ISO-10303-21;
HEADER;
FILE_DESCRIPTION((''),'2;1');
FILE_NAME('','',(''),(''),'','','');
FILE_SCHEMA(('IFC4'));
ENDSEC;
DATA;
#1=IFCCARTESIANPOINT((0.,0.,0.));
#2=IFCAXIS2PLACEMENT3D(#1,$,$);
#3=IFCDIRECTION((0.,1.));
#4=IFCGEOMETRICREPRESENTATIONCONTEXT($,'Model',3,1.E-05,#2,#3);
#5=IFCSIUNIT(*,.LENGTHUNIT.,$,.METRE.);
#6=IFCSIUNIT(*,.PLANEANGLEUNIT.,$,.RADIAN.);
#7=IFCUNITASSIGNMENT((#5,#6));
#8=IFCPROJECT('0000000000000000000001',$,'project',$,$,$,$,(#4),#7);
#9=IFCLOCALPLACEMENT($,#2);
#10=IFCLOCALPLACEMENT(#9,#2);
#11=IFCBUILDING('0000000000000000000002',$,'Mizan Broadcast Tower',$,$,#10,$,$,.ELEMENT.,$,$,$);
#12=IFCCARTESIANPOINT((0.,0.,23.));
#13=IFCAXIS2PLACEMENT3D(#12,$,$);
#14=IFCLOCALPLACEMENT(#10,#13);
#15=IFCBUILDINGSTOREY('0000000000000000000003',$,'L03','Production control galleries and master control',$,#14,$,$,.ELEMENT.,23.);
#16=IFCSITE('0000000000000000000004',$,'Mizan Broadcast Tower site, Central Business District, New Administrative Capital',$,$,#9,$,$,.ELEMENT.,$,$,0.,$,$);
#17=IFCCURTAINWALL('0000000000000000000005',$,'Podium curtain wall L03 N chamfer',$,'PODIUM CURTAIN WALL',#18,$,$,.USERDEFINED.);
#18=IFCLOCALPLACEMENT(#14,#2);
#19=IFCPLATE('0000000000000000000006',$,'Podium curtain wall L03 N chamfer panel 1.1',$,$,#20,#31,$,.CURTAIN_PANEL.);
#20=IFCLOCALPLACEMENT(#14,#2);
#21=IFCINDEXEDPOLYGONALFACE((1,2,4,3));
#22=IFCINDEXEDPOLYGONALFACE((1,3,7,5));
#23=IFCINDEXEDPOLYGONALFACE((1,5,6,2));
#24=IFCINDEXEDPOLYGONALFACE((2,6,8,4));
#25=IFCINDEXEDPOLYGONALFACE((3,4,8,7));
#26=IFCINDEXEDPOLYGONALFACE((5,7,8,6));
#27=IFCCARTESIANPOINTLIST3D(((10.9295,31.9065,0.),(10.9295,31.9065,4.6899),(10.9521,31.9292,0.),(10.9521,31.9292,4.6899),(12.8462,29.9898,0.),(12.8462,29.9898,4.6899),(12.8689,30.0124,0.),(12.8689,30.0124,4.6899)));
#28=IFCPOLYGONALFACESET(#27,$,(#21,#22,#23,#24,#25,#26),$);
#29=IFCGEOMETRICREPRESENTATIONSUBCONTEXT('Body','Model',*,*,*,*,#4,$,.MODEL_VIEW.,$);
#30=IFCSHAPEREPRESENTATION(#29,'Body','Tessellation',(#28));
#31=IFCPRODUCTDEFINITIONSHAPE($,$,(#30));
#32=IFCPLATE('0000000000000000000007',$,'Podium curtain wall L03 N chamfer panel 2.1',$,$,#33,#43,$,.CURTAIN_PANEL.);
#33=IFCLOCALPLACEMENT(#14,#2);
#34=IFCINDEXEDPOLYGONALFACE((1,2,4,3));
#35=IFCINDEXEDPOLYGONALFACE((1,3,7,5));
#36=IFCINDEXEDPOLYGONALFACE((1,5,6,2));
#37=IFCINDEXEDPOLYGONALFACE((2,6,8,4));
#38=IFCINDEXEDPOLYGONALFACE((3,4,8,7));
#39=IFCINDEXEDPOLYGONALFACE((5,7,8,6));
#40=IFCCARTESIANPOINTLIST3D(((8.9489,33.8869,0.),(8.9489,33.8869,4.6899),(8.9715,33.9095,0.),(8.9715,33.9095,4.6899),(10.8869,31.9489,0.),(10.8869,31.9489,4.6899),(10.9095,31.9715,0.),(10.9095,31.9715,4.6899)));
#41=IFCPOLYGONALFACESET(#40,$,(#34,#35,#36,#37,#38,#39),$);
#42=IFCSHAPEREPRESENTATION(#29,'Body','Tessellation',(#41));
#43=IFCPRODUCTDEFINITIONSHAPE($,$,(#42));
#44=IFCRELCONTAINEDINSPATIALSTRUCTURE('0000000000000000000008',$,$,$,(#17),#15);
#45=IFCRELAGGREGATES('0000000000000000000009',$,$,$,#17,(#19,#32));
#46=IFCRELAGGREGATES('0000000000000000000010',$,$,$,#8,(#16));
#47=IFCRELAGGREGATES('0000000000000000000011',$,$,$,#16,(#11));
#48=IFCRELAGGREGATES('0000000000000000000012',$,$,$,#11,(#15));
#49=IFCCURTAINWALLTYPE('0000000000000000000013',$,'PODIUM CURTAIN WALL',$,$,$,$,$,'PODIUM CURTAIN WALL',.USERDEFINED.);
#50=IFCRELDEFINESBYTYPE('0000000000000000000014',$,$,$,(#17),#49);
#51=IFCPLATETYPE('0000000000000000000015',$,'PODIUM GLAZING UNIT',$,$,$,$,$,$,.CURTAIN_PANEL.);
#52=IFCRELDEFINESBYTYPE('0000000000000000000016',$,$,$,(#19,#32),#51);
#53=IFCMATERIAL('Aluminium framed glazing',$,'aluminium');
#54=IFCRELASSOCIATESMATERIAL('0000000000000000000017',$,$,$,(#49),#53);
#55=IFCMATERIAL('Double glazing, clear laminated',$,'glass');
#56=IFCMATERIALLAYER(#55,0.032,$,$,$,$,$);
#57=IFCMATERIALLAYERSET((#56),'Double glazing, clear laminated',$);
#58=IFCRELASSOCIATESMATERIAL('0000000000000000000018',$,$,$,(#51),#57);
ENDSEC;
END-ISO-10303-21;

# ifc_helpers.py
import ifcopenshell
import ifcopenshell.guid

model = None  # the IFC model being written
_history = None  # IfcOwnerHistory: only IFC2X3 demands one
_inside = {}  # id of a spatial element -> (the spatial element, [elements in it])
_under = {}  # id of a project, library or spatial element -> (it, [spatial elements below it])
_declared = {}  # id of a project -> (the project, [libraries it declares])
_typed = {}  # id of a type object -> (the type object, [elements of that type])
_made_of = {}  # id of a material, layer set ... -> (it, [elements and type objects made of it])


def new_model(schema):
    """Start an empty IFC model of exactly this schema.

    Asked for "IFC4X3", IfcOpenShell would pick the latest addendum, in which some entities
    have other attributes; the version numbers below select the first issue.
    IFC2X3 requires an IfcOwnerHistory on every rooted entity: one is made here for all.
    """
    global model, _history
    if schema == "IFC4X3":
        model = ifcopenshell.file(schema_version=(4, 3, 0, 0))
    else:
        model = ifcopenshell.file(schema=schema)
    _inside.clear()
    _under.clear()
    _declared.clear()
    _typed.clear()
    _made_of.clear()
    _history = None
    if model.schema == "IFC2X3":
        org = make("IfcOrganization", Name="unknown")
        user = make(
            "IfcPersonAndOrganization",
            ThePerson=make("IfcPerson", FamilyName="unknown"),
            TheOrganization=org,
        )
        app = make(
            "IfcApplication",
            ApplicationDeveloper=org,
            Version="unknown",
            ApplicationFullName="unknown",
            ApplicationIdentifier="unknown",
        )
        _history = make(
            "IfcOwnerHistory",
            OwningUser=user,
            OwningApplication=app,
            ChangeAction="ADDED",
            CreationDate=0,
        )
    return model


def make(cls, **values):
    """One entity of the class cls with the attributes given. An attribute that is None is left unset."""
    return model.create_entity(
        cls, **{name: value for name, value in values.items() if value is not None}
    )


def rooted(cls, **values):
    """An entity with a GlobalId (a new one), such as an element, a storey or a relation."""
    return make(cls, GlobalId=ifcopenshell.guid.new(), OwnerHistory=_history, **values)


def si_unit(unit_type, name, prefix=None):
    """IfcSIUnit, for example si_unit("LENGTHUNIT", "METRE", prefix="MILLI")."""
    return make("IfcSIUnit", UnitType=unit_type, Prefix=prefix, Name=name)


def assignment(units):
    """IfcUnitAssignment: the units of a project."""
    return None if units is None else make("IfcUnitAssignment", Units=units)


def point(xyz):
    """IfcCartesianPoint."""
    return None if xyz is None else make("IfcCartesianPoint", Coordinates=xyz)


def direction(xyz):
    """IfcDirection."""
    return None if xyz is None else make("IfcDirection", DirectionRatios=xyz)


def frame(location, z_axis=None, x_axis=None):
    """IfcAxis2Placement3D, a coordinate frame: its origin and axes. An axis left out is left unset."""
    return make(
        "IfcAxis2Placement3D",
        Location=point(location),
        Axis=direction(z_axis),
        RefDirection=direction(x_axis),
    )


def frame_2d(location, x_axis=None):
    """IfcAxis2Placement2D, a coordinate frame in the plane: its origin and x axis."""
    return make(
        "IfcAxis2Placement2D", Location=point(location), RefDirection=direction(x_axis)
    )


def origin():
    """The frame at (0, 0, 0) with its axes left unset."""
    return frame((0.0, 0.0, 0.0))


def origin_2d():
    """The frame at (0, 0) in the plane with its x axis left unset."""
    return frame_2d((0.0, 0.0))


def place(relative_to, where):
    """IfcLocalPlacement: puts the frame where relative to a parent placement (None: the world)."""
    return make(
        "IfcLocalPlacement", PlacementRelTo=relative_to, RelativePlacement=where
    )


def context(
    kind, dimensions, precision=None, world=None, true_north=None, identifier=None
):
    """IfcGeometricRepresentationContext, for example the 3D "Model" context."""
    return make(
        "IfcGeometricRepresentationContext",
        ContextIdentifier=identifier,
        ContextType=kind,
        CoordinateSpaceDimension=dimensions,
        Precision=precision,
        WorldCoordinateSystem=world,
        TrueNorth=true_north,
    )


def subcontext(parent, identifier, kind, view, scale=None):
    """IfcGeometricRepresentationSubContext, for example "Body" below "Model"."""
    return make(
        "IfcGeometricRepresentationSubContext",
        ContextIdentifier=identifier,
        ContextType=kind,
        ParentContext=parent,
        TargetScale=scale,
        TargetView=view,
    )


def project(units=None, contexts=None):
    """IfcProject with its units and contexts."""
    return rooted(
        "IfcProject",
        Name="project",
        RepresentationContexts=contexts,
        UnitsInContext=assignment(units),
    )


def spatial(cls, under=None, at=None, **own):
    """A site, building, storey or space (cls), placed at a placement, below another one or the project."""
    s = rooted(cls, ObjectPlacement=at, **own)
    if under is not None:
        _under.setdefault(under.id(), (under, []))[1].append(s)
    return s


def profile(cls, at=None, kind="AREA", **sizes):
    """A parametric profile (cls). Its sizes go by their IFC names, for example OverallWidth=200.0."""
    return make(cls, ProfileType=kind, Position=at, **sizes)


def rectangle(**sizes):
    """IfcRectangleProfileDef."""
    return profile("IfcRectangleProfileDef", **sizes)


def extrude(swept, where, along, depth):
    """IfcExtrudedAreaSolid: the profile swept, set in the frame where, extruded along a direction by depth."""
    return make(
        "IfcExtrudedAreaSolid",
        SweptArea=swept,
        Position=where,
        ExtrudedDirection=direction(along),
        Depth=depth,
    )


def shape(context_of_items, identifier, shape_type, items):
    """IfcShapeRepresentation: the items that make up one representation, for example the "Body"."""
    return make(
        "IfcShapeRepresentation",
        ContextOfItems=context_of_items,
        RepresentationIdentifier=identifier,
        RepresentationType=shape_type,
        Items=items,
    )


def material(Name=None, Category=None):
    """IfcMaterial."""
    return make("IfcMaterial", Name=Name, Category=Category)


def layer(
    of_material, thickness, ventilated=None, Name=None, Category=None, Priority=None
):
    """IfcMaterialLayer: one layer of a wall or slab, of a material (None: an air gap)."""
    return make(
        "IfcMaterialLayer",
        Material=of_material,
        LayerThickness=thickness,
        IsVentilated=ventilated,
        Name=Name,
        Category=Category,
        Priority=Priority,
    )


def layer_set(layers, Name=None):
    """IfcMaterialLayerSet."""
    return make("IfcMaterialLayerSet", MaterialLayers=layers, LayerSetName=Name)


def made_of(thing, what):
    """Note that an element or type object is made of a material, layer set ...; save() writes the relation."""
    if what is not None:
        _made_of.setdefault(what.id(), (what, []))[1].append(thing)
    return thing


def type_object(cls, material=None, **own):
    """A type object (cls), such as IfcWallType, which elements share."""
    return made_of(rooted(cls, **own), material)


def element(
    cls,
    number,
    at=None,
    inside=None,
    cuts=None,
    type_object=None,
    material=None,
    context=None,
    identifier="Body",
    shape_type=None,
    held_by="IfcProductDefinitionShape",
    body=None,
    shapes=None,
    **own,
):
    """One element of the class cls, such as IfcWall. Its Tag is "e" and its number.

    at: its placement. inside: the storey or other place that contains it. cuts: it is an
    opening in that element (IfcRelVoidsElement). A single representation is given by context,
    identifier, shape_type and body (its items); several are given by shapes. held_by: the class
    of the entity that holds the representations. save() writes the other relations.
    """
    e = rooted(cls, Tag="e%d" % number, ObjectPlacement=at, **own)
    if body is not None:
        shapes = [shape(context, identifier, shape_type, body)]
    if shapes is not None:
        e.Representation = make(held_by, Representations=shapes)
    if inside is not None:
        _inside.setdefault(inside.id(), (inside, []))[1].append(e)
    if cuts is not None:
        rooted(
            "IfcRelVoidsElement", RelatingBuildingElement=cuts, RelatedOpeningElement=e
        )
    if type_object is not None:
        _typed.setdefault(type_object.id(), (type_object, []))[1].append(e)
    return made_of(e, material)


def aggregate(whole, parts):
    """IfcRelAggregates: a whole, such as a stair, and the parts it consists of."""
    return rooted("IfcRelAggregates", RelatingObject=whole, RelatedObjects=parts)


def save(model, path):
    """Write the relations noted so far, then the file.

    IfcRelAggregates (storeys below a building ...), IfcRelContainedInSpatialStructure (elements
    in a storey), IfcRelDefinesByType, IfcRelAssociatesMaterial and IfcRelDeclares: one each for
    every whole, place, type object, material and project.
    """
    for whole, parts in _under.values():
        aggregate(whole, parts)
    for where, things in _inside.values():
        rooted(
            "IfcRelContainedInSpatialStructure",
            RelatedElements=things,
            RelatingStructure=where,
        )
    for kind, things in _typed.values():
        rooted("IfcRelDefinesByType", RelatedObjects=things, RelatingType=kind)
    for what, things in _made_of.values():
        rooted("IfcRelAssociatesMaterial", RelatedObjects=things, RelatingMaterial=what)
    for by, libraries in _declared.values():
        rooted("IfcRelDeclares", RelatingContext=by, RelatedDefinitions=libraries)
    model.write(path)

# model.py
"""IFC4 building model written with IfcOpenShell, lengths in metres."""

from ifc_helpers import new_model, si_unit, direction, frame, origin, origin_2d, place, context, subcontext, project, spatial, rectangle, extrude, material, layer, layer_set, type_object, element, aggregate, save


model = new_model("IFC4")

# Units and contexts
model_context = context("Model", 3, precision=1e-05, world=origin(), true_north=direction((0.0, 1.0)))
body_context = subcontext(model_context, "Body", "Model", "MODEL_VIEW")
ifc_project = project(units=[si_unit("LENGTHUNIT", "METRE"), si_unit("PLANEANGLEUNIT", "RADIAN")], contexts=[model_context])

# Site, building, storey
site_placement = place(None, origin())
site = spatial("IfcSite", under=ifc_project, at=site_placement, Name="Mizan Broadcast Tower site, Central Business District, New Administrative Capital", CompositionType="ELEMENT", RefElevation=0.0)
building_placement = place(site_placement, origin())
building = spatial("IfcBuilding", under=site, at=building_placement, Name="Mizan Broadcast Tower", CompositionType="ELEMENT")
storey_placement = place(building_placement, frame((0.0, 0.0, 23.0)))
storey = spatial("IfcBuildingStorey", under=building, at=storey_placement, Name="L03", Description="Production control galleries and master control", CompositionType="ELEMENT", Elevation=23.0)

# Shared definitions
ifc_material_1 = material(Name="Aluminium framed glazing", Category="aluminium")
curtain_wall_type_1 = type_object("IfcCurtainWallType", Name="PODIUM CURTAIN WALL", ElementType="PODIUM CURTAIN WALL", PredefinedType="USERDEFINED", material=ifc_material_1)

# Curtain wall
curtain_wall_1_placement = place(storey_placement, origin())
curtain_wall_1 = element("IfcCurtainWall", 1, at=curtain_wall_1_placement, inside=storey, type_object=curtain_wall_type_1, Name="Podium curtain wall L03 N chamfer", ObjectType="PODIUM CURTAIN WALL", PredefinedType="USERDEFINED")

# Plates
ifc_material_2 = material(Name="Double glazing, clear laminated", Category="glass")
ifc_layer_1 = layer(ifc_material_2, 0.032)
ifc_layer_set_1 = layer_set([ifc_layer_1], Name="Double glazing, clear laminated")
plate_type_1 = type_object("IfcPlateType", Name="PODIUM GLAZING UNIT", PredefinedType="CURTAIN_PANEL", material=ifc_layer_set_1)
plate_1_placement = place(storey_placement, frame((11.8992, 30.9595, 0.0), z_axis=(0.0, 0.0, 1.0), x_axis=(-0.707107, 0.707107, 0.0)))
plate_1 = element("IfcPlate", 2, at=plate_1_placement, type_object=plate_type_1, Name="Podium curtain wall L03 N chamfer panel 1.1", PredefinedType="CURTAIN_PANEL", context=body_context, shape_type="SweptSolid", body=[
    extrude(rectangle(XDim=2.7107, YDim=0.032, at=origin_2d()), origin(), (0.0, 0.0, 1.0), 4.6899),
])
plate_2_placement = place(storey_placement, frame((9.9292, 32.9292, 0.0), z_axis=(0.0, 0.0, 1.0), x_axis=(-0.707107, 0.707107, 0.0)))
plate_2 = element("IfcPlate", 3, at=plate_2_placement, type_object=plate_type_1, Name="Podium curtain wall L03 N chamfer panel 2.1", PredefinedType="CURTAIN_PANEL", context=body_context, shape_type="SweptSolid", body=[
    extrude(rectangle(XDim=2.7407, YDim=0.032, at=origin_2d()), origin(), (0.0, 0.0, 1.0), 4.6899),
])
aggregate(curtain_wall_1, [plate_1, plate_2])

save(model, "model.ifc")
